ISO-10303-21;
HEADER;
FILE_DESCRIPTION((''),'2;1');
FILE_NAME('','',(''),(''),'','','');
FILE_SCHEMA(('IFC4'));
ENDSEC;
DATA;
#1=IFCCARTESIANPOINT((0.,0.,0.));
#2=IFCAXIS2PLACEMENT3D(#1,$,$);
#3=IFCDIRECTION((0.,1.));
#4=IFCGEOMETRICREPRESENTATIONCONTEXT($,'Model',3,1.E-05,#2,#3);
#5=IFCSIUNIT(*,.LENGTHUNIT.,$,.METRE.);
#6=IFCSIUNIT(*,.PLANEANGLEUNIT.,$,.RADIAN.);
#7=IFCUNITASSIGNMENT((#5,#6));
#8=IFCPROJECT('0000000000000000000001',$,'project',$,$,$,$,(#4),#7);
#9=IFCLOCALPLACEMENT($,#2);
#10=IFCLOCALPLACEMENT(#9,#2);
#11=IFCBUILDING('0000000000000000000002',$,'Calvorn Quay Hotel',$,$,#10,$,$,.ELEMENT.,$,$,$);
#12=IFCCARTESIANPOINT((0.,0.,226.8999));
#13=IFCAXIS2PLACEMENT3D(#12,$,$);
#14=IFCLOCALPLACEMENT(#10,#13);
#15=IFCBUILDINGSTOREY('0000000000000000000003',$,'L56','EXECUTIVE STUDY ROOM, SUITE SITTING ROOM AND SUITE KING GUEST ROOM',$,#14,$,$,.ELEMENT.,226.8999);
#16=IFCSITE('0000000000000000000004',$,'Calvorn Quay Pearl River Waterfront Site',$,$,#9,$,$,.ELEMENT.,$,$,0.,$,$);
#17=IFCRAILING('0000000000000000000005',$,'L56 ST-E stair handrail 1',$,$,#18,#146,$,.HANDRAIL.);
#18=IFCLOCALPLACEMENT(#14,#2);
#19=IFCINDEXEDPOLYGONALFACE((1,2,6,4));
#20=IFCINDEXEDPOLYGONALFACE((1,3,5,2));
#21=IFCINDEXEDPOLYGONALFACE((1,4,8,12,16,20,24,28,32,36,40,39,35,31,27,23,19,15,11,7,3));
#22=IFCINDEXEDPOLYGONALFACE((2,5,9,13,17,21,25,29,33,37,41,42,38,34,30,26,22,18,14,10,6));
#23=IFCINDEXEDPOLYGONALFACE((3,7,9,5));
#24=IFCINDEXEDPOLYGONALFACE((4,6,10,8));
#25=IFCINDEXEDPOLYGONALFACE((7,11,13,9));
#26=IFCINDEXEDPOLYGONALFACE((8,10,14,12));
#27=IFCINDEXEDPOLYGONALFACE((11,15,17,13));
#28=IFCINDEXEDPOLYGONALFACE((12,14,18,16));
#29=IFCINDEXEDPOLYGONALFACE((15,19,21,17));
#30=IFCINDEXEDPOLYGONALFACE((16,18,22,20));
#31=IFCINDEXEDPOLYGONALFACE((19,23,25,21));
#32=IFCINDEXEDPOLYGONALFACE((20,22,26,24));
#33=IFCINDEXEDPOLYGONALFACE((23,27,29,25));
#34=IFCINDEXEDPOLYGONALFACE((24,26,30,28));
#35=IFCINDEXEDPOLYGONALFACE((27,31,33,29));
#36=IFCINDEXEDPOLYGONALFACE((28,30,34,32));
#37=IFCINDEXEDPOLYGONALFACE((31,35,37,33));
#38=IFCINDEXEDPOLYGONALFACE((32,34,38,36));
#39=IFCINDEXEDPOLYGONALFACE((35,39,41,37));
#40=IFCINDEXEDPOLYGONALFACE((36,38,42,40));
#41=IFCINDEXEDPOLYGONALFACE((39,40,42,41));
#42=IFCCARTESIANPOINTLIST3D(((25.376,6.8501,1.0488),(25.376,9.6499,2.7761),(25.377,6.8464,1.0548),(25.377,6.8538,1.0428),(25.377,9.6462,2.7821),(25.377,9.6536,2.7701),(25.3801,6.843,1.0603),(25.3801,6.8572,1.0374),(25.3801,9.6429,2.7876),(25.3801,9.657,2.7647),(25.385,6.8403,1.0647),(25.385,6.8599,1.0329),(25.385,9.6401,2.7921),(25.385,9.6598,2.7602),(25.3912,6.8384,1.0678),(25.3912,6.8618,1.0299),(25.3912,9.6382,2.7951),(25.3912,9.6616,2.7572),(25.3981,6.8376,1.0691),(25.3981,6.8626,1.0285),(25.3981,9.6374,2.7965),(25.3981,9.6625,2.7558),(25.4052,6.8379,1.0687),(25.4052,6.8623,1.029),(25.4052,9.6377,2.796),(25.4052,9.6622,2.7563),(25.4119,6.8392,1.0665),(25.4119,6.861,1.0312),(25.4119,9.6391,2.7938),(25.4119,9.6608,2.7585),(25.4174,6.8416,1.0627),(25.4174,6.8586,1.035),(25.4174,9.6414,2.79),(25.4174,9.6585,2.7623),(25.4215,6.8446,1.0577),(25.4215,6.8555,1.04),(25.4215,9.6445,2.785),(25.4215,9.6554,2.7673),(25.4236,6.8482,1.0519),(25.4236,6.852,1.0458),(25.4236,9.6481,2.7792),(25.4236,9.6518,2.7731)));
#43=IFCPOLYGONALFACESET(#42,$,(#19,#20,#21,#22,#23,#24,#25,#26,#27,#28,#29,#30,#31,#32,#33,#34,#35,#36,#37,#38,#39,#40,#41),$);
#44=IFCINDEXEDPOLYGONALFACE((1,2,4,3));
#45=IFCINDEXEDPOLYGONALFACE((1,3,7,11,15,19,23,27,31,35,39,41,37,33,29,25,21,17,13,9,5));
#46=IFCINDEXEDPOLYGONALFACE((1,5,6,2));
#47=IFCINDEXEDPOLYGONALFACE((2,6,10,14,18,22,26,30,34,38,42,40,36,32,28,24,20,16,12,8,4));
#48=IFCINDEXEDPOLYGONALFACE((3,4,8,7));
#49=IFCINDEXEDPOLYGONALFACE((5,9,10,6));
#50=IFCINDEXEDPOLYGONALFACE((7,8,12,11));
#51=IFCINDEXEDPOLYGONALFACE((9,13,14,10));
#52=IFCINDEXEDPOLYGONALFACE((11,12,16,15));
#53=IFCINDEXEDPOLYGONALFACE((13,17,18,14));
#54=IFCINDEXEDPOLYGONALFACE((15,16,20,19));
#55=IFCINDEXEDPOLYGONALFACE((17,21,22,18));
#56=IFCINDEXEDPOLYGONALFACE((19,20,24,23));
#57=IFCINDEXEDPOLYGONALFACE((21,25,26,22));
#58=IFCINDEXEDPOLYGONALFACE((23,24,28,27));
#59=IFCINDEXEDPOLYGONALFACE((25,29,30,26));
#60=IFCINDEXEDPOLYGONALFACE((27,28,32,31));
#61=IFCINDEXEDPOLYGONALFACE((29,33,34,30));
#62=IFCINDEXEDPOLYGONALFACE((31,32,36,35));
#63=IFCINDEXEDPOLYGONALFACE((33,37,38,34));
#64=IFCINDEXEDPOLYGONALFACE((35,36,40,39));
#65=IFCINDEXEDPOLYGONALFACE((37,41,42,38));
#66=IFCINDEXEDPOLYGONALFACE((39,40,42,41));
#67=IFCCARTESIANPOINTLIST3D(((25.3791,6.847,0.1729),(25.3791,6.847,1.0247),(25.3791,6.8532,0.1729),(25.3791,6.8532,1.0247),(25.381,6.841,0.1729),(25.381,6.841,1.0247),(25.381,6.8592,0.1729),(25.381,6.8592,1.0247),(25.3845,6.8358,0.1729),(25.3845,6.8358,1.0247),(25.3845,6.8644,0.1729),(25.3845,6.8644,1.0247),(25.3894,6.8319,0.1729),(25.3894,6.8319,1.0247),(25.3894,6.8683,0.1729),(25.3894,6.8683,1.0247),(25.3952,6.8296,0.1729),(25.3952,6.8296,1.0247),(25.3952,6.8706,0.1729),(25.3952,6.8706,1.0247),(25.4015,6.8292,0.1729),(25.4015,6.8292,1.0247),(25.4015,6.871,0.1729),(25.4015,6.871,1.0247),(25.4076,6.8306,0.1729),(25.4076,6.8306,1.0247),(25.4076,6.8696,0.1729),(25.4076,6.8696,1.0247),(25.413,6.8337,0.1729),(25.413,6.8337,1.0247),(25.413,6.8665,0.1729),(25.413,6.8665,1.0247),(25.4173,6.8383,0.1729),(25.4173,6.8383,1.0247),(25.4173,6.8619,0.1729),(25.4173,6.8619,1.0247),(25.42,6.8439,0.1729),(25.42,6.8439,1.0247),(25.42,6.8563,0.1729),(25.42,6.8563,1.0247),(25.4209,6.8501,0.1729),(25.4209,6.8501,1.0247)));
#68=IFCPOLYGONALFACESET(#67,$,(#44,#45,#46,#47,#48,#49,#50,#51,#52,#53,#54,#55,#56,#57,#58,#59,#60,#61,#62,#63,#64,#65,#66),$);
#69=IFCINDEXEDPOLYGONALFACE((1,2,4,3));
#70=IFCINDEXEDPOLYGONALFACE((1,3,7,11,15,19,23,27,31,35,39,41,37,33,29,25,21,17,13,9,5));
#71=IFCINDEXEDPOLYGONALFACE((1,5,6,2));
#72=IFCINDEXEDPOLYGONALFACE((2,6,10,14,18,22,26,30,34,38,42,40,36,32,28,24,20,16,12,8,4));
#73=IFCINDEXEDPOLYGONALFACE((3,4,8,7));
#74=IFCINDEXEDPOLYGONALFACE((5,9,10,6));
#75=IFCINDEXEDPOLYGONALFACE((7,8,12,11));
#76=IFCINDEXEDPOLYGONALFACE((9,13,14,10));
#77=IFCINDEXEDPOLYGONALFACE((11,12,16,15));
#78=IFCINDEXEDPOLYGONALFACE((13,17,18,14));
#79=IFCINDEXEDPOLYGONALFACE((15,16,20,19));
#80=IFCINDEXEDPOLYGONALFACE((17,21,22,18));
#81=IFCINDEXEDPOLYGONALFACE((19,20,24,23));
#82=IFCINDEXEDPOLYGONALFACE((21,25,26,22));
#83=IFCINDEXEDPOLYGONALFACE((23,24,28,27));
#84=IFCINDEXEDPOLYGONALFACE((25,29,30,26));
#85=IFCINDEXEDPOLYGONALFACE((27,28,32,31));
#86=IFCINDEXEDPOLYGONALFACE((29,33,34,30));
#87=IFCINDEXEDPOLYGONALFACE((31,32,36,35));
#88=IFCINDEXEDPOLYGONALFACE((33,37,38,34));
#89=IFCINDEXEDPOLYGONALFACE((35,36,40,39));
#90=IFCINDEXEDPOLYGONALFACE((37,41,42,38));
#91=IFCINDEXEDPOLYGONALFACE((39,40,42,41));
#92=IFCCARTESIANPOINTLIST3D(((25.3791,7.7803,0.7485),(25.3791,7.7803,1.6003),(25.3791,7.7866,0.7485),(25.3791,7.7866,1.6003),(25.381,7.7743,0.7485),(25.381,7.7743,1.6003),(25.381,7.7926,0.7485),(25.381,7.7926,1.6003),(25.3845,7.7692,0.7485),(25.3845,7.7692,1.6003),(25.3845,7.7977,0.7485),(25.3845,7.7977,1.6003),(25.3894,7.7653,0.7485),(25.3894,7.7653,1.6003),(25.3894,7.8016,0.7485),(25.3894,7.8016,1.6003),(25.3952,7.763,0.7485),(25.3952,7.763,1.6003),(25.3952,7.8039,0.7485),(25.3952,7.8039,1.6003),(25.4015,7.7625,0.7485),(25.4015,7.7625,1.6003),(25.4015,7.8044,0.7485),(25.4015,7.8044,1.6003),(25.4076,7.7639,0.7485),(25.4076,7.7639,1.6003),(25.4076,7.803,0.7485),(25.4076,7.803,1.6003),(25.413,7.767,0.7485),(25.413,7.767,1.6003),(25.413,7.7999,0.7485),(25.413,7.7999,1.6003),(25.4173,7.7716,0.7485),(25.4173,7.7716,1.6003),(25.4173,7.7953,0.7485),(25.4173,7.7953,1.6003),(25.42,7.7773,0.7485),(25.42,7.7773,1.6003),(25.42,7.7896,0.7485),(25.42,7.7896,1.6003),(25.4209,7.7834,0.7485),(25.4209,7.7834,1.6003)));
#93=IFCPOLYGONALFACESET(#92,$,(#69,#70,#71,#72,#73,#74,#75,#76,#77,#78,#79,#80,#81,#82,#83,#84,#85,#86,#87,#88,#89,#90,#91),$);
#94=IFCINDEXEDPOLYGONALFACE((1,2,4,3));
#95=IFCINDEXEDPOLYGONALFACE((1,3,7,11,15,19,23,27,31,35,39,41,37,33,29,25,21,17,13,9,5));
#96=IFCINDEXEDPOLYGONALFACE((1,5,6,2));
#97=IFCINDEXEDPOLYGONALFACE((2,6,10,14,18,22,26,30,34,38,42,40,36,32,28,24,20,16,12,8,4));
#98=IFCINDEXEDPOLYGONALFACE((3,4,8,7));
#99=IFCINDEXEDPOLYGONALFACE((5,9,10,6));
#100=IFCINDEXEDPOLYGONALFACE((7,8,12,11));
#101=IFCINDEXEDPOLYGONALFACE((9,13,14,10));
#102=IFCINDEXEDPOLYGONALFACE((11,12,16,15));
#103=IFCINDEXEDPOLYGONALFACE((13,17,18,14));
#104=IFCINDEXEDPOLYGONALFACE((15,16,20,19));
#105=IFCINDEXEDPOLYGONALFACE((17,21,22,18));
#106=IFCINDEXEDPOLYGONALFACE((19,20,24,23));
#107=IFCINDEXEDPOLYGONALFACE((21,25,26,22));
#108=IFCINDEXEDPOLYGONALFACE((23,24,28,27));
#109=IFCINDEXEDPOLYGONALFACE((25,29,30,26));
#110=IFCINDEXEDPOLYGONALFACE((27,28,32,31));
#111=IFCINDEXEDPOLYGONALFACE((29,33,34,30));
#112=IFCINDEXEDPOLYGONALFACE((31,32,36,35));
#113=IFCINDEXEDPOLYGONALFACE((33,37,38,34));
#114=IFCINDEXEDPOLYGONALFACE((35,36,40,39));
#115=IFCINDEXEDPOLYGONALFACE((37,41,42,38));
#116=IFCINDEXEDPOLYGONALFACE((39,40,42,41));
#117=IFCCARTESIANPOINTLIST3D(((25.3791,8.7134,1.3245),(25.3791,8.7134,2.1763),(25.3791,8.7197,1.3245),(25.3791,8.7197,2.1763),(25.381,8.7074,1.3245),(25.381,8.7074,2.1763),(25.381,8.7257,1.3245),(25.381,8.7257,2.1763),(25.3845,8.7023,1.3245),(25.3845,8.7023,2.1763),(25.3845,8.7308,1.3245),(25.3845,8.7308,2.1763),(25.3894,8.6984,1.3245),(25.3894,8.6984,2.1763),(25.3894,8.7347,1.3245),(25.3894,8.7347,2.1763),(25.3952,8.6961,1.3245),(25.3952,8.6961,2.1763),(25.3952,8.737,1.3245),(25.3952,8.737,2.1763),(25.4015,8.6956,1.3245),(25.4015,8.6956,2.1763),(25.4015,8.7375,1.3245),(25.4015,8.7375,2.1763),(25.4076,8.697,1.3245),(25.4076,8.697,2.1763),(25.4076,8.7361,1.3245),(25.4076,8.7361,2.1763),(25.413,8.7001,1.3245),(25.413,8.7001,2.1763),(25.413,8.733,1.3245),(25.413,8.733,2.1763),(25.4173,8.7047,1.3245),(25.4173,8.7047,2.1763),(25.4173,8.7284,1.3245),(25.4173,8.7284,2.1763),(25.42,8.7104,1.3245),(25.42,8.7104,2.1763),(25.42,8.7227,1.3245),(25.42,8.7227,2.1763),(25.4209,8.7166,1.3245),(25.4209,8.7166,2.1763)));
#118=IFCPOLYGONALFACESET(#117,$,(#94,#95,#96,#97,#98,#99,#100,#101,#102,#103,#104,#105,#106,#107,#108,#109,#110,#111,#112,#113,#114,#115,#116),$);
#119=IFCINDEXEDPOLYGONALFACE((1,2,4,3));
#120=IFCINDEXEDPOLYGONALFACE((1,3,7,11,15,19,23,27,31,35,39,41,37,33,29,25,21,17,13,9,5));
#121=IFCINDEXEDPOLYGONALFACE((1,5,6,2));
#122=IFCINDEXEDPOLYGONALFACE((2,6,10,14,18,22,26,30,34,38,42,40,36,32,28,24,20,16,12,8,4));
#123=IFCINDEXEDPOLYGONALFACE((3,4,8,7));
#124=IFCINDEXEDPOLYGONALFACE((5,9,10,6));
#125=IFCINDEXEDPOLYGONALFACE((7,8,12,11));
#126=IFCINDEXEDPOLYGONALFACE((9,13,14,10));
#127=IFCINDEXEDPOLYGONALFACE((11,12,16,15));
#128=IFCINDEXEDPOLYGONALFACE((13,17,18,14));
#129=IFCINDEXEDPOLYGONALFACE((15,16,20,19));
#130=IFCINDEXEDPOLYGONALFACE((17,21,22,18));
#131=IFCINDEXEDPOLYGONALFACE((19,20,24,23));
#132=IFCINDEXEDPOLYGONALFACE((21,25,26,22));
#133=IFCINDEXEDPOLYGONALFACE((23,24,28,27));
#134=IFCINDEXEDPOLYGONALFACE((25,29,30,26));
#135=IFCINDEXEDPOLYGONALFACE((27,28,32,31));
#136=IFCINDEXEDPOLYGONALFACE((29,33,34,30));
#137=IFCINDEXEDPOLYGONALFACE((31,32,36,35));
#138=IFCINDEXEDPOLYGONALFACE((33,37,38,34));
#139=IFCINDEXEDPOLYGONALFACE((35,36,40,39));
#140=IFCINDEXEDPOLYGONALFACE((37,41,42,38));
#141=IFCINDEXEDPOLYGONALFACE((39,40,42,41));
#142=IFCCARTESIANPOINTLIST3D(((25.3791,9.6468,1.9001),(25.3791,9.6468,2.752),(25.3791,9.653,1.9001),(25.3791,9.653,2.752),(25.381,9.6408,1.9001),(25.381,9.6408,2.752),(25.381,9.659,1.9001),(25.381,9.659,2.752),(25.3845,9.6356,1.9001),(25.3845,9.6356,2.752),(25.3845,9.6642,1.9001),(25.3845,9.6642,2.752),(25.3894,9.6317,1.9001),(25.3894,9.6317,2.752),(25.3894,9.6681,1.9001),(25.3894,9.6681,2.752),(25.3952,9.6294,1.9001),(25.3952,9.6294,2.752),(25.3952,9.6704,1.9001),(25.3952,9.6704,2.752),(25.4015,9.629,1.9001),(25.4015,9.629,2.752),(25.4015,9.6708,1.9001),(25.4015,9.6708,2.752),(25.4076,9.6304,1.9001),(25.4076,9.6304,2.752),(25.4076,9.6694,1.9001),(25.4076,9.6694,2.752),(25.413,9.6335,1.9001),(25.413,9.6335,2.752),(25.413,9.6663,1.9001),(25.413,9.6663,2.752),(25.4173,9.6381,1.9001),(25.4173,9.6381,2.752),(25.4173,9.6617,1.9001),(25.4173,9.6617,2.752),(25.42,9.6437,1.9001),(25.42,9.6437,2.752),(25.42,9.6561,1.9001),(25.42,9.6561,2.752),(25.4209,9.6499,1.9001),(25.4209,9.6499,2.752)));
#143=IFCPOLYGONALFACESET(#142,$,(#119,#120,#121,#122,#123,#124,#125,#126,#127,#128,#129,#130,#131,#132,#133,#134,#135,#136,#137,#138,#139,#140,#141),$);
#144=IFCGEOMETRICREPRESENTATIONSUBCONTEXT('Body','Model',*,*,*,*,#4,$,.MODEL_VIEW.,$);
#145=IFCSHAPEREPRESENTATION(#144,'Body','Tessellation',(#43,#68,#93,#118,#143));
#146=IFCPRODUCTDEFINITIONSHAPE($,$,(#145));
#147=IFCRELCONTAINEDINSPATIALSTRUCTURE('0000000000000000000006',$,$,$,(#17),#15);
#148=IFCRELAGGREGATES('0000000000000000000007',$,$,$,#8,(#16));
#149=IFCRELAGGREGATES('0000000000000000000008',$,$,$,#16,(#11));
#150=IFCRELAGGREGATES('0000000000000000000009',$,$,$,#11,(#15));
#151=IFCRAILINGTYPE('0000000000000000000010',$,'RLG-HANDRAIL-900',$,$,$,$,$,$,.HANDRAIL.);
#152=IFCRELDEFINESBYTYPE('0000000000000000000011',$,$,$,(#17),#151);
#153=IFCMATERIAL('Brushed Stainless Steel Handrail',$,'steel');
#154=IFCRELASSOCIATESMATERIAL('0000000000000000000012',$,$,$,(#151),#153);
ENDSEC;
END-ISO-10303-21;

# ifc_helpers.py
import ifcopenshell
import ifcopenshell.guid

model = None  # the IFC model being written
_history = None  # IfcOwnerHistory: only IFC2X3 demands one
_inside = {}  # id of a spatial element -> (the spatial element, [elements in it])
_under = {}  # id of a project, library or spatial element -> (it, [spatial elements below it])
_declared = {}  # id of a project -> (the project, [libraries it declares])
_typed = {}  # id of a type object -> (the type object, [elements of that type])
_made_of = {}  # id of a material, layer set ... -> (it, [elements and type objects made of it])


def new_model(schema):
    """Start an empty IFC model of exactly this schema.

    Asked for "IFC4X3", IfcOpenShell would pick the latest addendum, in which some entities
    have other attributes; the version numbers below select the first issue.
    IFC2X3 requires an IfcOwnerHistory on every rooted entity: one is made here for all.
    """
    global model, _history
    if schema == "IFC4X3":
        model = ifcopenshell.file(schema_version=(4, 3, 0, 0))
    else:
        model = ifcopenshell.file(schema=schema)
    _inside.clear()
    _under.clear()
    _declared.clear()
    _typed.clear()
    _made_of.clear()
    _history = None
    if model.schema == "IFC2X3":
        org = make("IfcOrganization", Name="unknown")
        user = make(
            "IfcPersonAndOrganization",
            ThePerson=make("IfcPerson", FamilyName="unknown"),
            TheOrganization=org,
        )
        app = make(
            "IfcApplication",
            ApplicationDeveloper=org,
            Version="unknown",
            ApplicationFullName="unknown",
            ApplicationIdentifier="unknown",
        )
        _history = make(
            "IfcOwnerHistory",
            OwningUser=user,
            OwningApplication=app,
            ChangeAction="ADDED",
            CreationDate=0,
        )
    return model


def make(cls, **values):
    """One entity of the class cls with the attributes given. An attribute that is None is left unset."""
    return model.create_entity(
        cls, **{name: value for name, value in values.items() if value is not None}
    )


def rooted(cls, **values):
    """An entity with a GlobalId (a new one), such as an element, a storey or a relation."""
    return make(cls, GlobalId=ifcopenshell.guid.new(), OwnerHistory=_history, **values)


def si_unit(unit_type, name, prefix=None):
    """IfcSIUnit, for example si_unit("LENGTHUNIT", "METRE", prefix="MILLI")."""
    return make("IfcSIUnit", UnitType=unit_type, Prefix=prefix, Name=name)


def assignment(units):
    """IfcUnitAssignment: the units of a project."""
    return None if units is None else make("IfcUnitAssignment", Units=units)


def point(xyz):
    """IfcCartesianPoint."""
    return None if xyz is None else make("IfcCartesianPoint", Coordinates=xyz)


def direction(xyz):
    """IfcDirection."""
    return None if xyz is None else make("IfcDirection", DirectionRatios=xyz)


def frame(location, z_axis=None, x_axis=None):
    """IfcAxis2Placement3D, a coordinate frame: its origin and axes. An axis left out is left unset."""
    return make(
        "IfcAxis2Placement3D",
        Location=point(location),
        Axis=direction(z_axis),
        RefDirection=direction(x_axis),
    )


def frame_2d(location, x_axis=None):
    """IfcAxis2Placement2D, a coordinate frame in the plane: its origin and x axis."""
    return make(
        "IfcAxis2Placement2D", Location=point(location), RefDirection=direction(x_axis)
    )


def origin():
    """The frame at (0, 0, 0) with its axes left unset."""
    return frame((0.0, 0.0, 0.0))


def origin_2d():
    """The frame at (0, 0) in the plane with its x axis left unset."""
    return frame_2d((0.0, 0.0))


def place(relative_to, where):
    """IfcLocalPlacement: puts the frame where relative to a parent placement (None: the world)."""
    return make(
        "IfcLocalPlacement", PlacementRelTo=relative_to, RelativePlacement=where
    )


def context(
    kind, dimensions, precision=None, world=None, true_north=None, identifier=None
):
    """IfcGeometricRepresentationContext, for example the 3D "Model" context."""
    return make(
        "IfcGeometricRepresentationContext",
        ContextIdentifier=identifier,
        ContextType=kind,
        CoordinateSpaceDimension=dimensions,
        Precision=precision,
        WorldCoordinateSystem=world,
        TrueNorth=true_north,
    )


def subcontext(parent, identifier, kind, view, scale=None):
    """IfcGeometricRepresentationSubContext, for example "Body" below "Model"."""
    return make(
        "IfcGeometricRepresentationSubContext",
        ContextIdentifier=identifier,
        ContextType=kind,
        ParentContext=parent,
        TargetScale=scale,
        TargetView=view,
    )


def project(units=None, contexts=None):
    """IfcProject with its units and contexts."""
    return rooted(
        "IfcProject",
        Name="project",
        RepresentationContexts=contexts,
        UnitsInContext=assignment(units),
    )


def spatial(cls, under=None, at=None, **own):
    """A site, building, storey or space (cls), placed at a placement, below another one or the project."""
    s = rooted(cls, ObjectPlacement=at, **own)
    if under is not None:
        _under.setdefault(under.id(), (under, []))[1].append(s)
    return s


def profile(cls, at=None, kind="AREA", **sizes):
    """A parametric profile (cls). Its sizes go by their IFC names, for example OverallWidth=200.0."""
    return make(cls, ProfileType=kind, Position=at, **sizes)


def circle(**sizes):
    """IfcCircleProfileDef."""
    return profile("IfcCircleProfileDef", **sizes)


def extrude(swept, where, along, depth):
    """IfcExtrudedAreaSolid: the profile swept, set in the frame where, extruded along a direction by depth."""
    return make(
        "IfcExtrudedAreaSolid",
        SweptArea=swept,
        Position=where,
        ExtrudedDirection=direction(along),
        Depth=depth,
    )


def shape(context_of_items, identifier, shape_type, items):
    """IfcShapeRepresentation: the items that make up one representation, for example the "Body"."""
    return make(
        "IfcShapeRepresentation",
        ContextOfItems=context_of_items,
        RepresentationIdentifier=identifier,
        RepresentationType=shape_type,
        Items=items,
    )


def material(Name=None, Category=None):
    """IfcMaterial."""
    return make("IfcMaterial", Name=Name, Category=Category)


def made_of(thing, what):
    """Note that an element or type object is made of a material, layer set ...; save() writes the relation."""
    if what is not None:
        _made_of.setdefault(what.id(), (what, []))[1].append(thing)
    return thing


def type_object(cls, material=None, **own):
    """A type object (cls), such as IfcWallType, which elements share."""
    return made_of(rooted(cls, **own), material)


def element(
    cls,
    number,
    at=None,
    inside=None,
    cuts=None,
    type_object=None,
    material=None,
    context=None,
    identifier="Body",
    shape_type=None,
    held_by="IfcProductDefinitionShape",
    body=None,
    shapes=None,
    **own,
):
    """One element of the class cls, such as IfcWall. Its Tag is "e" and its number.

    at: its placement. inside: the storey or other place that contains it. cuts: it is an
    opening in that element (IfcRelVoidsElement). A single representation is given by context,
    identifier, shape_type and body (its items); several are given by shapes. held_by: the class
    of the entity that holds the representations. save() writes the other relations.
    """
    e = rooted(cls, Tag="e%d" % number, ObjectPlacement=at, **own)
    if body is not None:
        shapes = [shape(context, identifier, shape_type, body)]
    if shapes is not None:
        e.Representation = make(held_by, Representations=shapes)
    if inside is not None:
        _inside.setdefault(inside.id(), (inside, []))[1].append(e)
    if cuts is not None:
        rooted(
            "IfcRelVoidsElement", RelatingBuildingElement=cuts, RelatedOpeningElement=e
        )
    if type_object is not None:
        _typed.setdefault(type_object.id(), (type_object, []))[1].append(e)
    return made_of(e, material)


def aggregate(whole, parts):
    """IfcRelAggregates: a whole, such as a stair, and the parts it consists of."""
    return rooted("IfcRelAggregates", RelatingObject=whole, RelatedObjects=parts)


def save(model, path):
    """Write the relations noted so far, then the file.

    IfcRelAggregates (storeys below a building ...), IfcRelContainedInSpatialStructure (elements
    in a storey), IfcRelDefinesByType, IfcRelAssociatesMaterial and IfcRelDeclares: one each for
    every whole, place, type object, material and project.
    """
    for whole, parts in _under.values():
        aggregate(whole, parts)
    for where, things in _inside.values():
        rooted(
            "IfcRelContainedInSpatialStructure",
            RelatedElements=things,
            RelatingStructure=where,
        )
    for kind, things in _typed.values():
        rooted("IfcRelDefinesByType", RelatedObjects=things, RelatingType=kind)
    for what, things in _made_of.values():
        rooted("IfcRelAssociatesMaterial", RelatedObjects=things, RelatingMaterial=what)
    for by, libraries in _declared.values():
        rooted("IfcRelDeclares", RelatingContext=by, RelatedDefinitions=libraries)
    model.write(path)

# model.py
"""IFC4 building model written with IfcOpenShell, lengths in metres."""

from ifc_helpers import new_model, si_unit, direction, frame, origin, origin_2d, place, context, subcontext, project, spatial, circle, extrude, material, type_object, element, save


model = new_model("IFC4")

# Units and contexts
model_context = context("Model", 3, precision=1e-05, world=origin(), true_north=direction((0.0, 1.0)))
body_context = subcontext(model_context, "Body", "Model", "MODEL_VIEW")
ifc_project = project(units=[si_unit("LENGTHUNIT", "METRE"), si_unit("PLANEANGLEUNIT", "RADIAN")], contexts=[model_context])

# Site, building, storey
site_placement = place(None, origin())
site = spatial("IfcSite", under=ifc_project, at=site_placement, Name="Calvorn Quay Pearl River Waterfront Site", CompositionType="ELEMENT", RefElevation=0.0)
building_placement = place(site_placement, origin())
building = spatial("IfcBuilding", under=site, at=building_placement, Name="Calvorn Quay Hotel", CompositionType="ELEMENT")
storey_placement = place(building_placement, frame((0.0, 0.0, 226.8999)))
storey = spatial("IfcBuildingStorey", under=building, at=storey_placement, Name="L56", Description="EXECUTIVE STUDY ROOM, SUITE SITTING ROOM AND SUITE KING GUEST ROOM", CompositionType="ELEMENT", Elevation=226.8999)

# Railing
ifc_material_1 = material(Name="Brushed Stainless Steel Handrail", Category="steel")
railing_type_1 = type_object("IfcRailingType", Name="RLG-HANDRAIL-900", PredefinedType="HANDRAIL", material=ifc_material_1)
railing_1_placement = place(storey_placement, frame((25.3999, 6.8501, 0.1729)))
element("IfcRailing", 1, at=railing_1_placement, inside=storey, type_object=railing_type_1, Name="L56 ST-E stair handrail 1", PredefinedType="HANDRAIL", context=body_context, shape_type="SweptSolid", body=[
    extrude(circle(Radius=0.0239, at=origin_2d()), frame((0.0, 0.0, 0.876), z_axis=(0.0, 0.851069, 0.525054), x_axis=(-1.0, 0.0, 0.0)), (0.0, 0.0, 1.0), 3.2898),
    extrude(circle(Radius=0.021, at=origin_2d()), origin(), (0.0, 0.0, 1.0), 0.8518),
    extrude(circle(Radius=0.021, at=origin_2d()), frame((0.0, 0.9333, 0.5757)), (0.0, 0.0, 1.0), 0.8518),
    extrude(circle(Radius=0.021, at=origin_2d()), frame((0.0, 1.8665, 1.1516)), (0.0, 0.0, 1.0), 0.8518),
    extrude(circle(Radius=0.021, at=origin_2d()), frame((0.0, 2.7998, 1.7273)), (0.0, 0.0, 1.0), 0.8518),
])

save(model, "model.ifc")
